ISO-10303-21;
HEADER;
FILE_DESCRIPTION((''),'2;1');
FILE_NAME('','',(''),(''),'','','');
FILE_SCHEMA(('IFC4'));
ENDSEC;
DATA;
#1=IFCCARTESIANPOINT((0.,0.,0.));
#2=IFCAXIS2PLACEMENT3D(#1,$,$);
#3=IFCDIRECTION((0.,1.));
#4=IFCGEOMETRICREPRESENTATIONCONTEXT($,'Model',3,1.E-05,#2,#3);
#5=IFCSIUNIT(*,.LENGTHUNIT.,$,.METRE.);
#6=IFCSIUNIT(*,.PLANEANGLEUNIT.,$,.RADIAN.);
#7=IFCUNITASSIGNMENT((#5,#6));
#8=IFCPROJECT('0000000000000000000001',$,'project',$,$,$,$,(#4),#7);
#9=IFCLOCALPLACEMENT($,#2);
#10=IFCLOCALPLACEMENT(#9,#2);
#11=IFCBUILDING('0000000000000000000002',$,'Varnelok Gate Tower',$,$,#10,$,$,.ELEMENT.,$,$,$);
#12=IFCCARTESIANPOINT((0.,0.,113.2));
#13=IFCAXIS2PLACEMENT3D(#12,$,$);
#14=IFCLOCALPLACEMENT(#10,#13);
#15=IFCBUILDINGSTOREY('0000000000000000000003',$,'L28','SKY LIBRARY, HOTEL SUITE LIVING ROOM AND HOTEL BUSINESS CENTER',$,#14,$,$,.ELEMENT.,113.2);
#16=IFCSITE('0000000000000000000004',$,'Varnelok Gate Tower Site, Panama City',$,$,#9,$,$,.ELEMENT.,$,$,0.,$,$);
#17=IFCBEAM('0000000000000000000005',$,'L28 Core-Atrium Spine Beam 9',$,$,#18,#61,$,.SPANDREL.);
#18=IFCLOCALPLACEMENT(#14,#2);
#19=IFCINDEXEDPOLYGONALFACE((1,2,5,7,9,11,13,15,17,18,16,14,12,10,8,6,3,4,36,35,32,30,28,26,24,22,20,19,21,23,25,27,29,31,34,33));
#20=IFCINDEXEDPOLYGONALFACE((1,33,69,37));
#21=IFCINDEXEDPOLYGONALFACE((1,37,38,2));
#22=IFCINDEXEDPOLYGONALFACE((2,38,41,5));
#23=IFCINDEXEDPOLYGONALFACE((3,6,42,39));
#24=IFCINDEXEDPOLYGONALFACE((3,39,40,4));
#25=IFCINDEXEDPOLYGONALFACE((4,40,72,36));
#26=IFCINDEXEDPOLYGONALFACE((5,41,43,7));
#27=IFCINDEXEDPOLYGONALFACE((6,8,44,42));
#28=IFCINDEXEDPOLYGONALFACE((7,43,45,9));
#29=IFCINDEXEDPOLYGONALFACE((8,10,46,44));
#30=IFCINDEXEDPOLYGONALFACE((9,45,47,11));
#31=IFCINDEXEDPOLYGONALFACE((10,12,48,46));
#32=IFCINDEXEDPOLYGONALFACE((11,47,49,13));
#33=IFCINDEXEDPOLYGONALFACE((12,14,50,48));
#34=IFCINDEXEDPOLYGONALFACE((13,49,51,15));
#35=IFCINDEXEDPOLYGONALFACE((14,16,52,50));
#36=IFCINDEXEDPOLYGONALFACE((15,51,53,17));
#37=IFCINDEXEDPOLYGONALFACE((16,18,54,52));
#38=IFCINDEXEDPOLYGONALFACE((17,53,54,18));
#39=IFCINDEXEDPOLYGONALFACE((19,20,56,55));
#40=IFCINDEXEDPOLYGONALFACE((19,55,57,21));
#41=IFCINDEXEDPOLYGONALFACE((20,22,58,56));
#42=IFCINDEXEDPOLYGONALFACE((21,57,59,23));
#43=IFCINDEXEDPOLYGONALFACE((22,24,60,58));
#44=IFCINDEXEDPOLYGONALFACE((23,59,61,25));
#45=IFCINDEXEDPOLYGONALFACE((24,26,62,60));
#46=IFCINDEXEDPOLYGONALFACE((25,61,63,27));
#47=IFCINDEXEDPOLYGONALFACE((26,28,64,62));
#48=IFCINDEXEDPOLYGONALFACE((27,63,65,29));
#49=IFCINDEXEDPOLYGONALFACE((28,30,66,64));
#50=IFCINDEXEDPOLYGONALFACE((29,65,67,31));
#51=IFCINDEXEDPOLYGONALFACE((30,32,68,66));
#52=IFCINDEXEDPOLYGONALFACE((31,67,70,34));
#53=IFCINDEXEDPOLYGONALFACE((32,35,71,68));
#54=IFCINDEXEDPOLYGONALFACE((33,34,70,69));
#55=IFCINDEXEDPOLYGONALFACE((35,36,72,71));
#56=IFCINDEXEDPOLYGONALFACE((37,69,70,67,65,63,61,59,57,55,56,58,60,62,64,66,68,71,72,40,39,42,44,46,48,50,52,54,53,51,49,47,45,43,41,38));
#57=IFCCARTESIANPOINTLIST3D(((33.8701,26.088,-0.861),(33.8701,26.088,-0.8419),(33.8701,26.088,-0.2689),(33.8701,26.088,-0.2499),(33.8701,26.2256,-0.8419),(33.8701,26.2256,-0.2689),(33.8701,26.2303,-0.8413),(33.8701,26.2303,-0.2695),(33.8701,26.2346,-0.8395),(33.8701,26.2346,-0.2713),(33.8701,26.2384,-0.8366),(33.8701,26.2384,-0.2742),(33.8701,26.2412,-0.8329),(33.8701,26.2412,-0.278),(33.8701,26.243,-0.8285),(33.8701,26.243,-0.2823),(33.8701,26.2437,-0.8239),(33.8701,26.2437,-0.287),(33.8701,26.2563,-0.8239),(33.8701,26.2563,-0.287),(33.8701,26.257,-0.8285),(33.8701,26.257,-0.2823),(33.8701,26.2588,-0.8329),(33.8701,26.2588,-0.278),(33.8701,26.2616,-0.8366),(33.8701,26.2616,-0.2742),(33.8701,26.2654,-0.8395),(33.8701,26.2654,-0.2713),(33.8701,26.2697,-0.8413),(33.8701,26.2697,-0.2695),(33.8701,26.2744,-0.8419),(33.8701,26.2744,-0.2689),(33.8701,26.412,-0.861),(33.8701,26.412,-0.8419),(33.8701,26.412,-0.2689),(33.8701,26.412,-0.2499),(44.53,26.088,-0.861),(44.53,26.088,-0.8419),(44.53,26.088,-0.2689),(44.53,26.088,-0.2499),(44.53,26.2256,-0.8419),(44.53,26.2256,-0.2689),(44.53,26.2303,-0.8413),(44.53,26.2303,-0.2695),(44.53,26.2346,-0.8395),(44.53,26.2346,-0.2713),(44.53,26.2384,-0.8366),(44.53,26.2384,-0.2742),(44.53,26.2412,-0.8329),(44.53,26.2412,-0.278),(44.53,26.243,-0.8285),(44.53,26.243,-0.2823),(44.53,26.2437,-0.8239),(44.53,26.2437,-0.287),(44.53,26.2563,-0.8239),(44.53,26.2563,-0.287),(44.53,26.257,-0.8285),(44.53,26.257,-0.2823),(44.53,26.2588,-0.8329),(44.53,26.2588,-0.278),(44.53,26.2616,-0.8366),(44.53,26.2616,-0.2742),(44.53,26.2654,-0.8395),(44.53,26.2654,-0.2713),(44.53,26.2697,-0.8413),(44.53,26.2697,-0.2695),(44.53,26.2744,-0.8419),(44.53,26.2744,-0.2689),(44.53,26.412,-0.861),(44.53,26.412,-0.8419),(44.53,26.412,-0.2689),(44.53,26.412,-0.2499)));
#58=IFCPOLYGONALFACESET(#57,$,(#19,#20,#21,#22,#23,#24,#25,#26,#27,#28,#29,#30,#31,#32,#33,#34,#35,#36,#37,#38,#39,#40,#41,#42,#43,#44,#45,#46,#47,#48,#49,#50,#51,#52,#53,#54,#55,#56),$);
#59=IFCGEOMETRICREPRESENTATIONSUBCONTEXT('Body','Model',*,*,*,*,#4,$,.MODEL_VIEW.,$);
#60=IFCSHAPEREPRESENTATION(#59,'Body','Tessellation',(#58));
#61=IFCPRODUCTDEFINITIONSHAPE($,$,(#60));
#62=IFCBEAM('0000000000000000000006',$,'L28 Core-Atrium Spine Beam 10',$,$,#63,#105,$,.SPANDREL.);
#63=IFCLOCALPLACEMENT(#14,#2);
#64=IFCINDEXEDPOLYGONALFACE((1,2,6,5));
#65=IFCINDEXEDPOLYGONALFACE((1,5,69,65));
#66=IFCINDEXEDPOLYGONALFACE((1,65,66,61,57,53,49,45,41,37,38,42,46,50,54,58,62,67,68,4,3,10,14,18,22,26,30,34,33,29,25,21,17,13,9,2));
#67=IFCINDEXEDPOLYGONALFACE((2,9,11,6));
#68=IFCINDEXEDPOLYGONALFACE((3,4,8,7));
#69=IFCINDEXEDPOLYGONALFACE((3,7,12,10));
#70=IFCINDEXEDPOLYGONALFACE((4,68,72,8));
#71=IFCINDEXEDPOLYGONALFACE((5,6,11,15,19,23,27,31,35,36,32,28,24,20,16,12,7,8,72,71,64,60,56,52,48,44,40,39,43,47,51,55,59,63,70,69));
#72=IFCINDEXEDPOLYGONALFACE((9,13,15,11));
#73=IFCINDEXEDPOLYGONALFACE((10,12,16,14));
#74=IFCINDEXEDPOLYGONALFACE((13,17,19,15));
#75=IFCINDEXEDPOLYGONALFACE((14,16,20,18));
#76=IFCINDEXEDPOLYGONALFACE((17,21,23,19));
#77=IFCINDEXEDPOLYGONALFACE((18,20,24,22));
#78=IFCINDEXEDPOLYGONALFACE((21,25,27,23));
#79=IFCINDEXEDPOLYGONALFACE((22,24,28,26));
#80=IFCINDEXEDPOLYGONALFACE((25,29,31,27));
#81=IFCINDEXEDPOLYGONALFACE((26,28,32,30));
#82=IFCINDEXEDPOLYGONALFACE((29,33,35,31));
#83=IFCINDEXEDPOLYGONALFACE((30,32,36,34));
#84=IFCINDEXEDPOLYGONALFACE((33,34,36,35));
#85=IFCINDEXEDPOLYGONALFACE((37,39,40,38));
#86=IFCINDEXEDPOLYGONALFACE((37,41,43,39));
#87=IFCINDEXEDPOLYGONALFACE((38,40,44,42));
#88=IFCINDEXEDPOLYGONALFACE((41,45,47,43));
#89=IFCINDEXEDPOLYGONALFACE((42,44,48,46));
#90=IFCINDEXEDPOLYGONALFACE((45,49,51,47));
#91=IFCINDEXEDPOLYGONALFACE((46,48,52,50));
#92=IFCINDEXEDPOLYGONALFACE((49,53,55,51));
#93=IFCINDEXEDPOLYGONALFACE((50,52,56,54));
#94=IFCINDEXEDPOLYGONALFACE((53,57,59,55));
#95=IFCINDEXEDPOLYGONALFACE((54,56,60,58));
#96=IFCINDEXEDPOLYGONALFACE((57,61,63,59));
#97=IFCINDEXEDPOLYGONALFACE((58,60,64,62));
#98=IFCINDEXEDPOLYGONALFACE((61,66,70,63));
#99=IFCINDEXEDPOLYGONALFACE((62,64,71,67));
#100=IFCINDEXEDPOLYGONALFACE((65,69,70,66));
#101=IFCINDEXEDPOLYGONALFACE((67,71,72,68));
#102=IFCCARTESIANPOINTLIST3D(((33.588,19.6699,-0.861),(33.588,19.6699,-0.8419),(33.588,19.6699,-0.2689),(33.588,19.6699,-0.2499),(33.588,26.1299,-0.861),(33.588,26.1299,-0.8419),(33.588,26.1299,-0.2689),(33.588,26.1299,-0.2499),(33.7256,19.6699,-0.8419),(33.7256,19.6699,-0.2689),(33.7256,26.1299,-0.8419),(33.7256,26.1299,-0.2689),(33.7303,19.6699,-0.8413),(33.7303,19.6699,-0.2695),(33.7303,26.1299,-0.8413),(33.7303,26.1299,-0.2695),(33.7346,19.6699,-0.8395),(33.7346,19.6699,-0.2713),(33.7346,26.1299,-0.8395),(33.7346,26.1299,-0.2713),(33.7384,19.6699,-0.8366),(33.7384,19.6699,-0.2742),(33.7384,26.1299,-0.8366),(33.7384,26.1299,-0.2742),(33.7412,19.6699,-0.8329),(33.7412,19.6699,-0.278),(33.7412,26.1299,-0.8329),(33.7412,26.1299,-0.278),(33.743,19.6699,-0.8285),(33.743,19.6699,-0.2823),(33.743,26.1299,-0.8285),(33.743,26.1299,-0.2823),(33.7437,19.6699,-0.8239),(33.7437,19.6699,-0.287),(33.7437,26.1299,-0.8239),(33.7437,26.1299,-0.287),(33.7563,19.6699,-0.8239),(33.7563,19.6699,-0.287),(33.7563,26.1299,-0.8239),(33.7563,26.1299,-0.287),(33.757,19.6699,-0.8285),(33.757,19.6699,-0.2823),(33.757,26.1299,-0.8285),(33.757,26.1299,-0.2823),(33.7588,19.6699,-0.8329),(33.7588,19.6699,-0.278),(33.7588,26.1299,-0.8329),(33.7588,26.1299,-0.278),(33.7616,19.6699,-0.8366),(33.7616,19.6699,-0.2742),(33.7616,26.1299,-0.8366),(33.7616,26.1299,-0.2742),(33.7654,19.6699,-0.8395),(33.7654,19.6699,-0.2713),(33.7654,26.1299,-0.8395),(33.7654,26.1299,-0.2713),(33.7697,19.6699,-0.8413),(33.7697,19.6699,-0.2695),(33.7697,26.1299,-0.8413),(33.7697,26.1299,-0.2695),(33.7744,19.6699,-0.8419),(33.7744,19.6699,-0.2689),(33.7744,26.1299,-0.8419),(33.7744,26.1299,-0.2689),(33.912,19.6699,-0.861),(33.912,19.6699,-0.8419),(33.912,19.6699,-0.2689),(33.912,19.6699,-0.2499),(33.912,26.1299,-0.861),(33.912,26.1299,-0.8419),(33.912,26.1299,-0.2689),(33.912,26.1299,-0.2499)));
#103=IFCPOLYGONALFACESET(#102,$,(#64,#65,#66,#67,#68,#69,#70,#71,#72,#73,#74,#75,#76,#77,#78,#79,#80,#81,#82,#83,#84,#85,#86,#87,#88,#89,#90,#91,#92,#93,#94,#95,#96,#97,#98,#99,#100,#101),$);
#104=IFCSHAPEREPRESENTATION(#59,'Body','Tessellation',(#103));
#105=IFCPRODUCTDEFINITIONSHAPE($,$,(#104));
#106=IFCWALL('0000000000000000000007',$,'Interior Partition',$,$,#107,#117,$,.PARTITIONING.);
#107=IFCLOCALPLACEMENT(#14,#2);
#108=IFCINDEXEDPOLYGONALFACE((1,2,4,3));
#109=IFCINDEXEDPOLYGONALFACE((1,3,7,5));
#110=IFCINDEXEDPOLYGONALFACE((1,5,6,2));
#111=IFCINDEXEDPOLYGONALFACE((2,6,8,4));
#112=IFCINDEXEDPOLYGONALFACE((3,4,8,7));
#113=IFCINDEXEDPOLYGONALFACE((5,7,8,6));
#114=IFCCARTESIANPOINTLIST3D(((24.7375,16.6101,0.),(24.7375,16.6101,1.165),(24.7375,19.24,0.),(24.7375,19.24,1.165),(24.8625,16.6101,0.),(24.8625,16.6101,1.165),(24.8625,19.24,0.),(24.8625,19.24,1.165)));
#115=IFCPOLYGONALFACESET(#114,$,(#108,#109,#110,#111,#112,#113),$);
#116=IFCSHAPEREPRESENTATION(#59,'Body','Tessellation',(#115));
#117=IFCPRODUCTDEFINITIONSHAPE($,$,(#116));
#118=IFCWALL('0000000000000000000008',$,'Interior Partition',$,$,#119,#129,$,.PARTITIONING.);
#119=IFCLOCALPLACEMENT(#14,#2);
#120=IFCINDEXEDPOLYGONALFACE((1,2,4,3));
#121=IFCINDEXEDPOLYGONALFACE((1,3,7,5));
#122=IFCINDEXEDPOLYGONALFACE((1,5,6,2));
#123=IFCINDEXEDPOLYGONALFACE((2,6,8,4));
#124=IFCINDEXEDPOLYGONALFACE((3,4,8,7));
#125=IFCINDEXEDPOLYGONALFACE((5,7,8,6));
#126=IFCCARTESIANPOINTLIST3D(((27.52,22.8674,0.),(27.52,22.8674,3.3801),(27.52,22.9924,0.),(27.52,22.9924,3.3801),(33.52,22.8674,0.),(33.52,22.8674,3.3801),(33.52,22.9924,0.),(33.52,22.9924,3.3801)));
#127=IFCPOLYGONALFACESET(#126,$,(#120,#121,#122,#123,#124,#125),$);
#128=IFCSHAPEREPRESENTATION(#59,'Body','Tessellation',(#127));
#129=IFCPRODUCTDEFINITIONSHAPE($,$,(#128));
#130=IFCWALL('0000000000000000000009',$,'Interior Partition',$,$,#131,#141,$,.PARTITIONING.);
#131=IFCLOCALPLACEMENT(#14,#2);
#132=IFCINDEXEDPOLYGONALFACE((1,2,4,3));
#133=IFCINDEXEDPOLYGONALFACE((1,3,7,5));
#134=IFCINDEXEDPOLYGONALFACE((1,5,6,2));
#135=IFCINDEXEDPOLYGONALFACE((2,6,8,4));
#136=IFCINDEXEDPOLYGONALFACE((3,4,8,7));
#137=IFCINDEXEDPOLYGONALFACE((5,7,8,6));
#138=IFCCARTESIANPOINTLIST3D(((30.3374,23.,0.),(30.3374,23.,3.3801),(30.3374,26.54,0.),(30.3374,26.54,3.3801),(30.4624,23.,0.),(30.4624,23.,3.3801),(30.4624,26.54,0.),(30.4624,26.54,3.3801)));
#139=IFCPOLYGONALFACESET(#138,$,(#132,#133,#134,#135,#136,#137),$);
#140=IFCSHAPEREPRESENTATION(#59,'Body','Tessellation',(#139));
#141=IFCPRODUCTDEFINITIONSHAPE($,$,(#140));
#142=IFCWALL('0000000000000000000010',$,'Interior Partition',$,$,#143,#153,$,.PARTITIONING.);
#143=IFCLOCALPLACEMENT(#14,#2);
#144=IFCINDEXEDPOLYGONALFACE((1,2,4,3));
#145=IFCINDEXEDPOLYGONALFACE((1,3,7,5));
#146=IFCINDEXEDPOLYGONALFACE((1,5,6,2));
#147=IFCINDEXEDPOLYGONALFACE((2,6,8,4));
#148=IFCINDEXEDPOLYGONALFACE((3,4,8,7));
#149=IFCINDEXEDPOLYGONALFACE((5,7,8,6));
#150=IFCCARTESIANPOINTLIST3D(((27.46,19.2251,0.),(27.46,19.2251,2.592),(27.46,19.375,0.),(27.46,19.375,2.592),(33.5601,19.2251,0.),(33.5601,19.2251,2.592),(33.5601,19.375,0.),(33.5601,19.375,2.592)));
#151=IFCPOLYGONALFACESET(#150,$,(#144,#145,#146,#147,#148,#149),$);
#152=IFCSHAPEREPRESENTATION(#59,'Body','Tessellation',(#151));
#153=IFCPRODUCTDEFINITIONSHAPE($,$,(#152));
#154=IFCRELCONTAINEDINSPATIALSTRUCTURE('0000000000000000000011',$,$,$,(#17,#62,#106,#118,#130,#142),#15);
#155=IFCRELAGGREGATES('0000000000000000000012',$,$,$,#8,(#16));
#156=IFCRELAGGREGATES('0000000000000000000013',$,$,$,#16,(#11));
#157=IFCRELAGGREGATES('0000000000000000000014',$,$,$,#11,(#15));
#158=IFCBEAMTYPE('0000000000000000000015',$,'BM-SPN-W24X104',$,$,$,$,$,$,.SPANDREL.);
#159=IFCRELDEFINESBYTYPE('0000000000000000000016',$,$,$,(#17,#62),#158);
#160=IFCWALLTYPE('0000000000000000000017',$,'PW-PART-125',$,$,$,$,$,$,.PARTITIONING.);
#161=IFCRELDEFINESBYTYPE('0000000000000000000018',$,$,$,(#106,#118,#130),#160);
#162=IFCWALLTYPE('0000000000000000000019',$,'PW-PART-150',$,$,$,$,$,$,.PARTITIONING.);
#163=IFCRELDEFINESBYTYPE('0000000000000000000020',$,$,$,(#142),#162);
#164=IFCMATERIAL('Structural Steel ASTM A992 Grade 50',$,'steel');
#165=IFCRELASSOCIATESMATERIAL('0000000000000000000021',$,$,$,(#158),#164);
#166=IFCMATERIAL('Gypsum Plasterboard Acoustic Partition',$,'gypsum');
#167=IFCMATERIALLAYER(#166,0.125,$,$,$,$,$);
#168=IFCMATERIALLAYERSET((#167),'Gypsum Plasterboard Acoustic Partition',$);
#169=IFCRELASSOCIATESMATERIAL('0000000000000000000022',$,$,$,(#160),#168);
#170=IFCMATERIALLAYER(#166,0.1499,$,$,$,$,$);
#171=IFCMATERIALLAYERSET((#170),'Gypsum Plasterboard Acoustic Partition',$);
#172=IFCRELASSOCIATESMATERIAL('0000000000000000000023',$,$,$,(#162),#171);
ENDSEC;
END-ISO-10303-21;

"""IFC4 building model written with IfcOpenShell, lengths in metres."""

from ifc_helpers import new_model, si_unit, direction, frame, frame_2d, origin, origin_2d, place, context, subcontext, project, spatial, rectangle, i_section, extrude, material, layer, layer_set, material_profile, profile_set, type_object, element, save


model = new_model("IFC4")

# Units and contexts
model_context = context("Model", 3, precision=1e-05, world=origin(), true_north=direction((0.0, 1.0)))
body_context = subcontext(model_context, "Body", "Model", "MODEL_VIEW")
ifc_project = project(units=[si_unit("LENGTHUNIT", "METRE"), si_unit("PLANEANGLEUNIT", "RADIAN")], contexts=[model_context])

# Site, building, storey
site_placement = place(None, origin())
site = spatial("IfcSite", under=ifc_project, at=site_placement, Name="Varnelok Gate Tower Site, Panama City", CompositionType="ELEMENT", RefElevation=0.0)
building_placement = place(site_placement, origin())
building = spatial("IfcBuilding", under=site, at=building_placement, Name="Varnelok Gate Tower", CompositionType="ELEMENT")
storey_placement = place(building_placement, frame((0.0, 0.0, 113.2)))
storey = spatial("IfcBuildingStorey", under=building, at=storey_placement, Name="L28", Description="SKY LIBRARY, HOTEL SUITE LIVING ROOM AND HOTEL BUSINESS CENTER", CompositionType="ELEMENT", Elevation=113.2)

# Shared definitions
ifc_material_1 = material(Name="Structural Steel ASTM A992 Grade 50", Category="steel")

# Beams
ifc_material_profile_1 = material_profile(ifc_material_1, i_section(OverallWidth=0.324, OverallDepth=0.6111, WebThickness=0.0127, FlangeThickness=0.019, FilletRadius=0.0181, at=origin_2d()), Name="W24X104")
ifc_profile_set_1 = profile_set([ifc_material_profile_1], Name="Structural Steel ASTM A992 Grade 50")
beam_type_1 = type_object("IfcBeamType", Name="BM-SPN-W24X104", PredefinedType="SPANDREL", material=ifc_profile_set_1)
for number, where, z_axis, x_axis, name in (
    (1, (33.8701, 26.25, -0.5554), (1.0, 0.0, 0.0), (0.0, 1.0, 0.0), "L28 Core-Atrium Spine Beam 9"),
):
    element("IfcBeam", number, at=place(storey_placement, frame(where, z_axis=z_axis, x_axis=x_axis)), inside=storey, type_object=beam_type_1, Name=name, PredefinedType="SPANDREL", context=body_context, shape_type="SweptSolid", body=[
        extrude(i_section(OverallWidth=0.324, OverallDepth=0.6111, WebThickness=0.0127, FlangeThickness=0.019, FilletRadius=0.0181, at=origin_2d()), origin(), (0.0, 0.0, 1.0), 10.6599),
    ])
beam_1_placement = place(storey_placement, frame((33.75, 19.6699, -0.5554), z_axis=(0.0, 1.0, 0.0), x_axis=(-1.0, 0.0, 0.0)))
element("IfcBeam", 2, at=beam_1_placement, inside=storey, type_object=beam_type_1, Name="L28 Core-Atrium Spine Beam 10", PredefinedType="SPANDREL", context=body_context, shape_type="SweptSolid", body=[
    extrude(i_section(OverallWidth=0.324, OverallDepth=0.6111, WebThickness=0.0127, FlangeThickness=0.019, FilletRadius=0.0181, at=origin_2d()), origin(), (0.0, 0.0, 1.0), 6.46),
])

# Walls
ifc_material_2 = material(Name="Gypsum Plasterboard Acoustic Partition", Category="gypsum")
ifc_layer_1 = layer(ifc_material_2, 0.125)
ifc_layer_set_1 = layer_set([ifc_layer_1], Name="Gypsum Plasterboard Acoustic Partition")
wall_type_1 = type_object("IfcWallType", Name="PW-PART-125", PredefinedType="PARTITIONING", material=ifc_layer_set_1)
wall_1_placement = place(storey_placement, frame((24.8, 16.6101, 0.0), z_axis=(0.0, 0.0, 1.0), x_axis=(0.0, 1.0, 0.0)))
element("IfcWall", 3, at=wall_1_placement, inside=storey, type_object=wall_type_1, Name="Interior Partition", PredefinedType="PARTITIONING", context=body_context, shape_type="SweptSolid", body=[
    extrude(rectangle(XDim=2.6299, YDim=0.125, at=frame_2d((1.3149, 0.0))), origin(), (0.0, 0.0, 1.0), 1.165),
])
wall_2_placement = place(storey_placement, frame((27.52, 22.9299, 0.0), z_axis=(0.0, 0.0, 1.0), x_axis=(1.0, 0.0, 0.0)))
element("IfcWall", 4, at=wall_2_placement, inside=storey, type_object=wall_type_1, Name="Interior Partition", PredefinedType="PARTITIONING", context=body_context, shape_type="SweptSolid", body=[
    extrude(rectangle(XDim=6.0, YDim=0.125, at=frame_2d((3.0, 0.0))), origin(), (0.0, 0.0, 1.0), 3.3801),
])
wall_3_placement = place(storey_placement, frame((30.3999, 23.0, 0.0), z_axis=(0.0, 0.0, 1.0), x_axis=(0.0, 1.0, 0.0)))
element("IfcWall", 5, at=wall_3_placement, inside=storey, type_object=wall_type_1, Name="Interior Partition", PredefinedType="PARTITIONING", context=body_context, shape_type="SweptSolid", body=[
    extrude(rectangle(XDim=3.54, YDim=0.125, at=frame_2d((1.77, 0.0))), origin(), (0.0, 0.0, 1.0), 3.3801),
])
ifc_layer_2 = layer(ifc_material_2, 0.1499)
ifc_layer_set_2 = layer_set([ifc_layer_2], Name="Gypsum Plasterboard Acoustic Partition")
wall_type_2 = type_object("IfcWallType", Name="PW-PART-150", PredefinedType="PARTITIONING", material=ifc_layer_set_2)
wall_4_placement = place(storey_placement, frame((27.46, 19.3, 0.0), z_axis=(0.0, 0.0, 1.0), x_axis=(1.0, 0.0, 0.0)))
element("IfcWall", 6, at=wall_4_placement, inside=storey, type_object=wall_type_2, Name="Interior Partition", PredefinedType="PARTITIONING", context=body_context, shape_type="SweptSolid", body=[
    extrude(rectangle(XDim=6.1001, YDim=0.1499, at=frame_2d((3.05, 0.0))), origin(), (0.0, 0.0, 1.0), 2.592),
])

save(model, "model.ifc")
